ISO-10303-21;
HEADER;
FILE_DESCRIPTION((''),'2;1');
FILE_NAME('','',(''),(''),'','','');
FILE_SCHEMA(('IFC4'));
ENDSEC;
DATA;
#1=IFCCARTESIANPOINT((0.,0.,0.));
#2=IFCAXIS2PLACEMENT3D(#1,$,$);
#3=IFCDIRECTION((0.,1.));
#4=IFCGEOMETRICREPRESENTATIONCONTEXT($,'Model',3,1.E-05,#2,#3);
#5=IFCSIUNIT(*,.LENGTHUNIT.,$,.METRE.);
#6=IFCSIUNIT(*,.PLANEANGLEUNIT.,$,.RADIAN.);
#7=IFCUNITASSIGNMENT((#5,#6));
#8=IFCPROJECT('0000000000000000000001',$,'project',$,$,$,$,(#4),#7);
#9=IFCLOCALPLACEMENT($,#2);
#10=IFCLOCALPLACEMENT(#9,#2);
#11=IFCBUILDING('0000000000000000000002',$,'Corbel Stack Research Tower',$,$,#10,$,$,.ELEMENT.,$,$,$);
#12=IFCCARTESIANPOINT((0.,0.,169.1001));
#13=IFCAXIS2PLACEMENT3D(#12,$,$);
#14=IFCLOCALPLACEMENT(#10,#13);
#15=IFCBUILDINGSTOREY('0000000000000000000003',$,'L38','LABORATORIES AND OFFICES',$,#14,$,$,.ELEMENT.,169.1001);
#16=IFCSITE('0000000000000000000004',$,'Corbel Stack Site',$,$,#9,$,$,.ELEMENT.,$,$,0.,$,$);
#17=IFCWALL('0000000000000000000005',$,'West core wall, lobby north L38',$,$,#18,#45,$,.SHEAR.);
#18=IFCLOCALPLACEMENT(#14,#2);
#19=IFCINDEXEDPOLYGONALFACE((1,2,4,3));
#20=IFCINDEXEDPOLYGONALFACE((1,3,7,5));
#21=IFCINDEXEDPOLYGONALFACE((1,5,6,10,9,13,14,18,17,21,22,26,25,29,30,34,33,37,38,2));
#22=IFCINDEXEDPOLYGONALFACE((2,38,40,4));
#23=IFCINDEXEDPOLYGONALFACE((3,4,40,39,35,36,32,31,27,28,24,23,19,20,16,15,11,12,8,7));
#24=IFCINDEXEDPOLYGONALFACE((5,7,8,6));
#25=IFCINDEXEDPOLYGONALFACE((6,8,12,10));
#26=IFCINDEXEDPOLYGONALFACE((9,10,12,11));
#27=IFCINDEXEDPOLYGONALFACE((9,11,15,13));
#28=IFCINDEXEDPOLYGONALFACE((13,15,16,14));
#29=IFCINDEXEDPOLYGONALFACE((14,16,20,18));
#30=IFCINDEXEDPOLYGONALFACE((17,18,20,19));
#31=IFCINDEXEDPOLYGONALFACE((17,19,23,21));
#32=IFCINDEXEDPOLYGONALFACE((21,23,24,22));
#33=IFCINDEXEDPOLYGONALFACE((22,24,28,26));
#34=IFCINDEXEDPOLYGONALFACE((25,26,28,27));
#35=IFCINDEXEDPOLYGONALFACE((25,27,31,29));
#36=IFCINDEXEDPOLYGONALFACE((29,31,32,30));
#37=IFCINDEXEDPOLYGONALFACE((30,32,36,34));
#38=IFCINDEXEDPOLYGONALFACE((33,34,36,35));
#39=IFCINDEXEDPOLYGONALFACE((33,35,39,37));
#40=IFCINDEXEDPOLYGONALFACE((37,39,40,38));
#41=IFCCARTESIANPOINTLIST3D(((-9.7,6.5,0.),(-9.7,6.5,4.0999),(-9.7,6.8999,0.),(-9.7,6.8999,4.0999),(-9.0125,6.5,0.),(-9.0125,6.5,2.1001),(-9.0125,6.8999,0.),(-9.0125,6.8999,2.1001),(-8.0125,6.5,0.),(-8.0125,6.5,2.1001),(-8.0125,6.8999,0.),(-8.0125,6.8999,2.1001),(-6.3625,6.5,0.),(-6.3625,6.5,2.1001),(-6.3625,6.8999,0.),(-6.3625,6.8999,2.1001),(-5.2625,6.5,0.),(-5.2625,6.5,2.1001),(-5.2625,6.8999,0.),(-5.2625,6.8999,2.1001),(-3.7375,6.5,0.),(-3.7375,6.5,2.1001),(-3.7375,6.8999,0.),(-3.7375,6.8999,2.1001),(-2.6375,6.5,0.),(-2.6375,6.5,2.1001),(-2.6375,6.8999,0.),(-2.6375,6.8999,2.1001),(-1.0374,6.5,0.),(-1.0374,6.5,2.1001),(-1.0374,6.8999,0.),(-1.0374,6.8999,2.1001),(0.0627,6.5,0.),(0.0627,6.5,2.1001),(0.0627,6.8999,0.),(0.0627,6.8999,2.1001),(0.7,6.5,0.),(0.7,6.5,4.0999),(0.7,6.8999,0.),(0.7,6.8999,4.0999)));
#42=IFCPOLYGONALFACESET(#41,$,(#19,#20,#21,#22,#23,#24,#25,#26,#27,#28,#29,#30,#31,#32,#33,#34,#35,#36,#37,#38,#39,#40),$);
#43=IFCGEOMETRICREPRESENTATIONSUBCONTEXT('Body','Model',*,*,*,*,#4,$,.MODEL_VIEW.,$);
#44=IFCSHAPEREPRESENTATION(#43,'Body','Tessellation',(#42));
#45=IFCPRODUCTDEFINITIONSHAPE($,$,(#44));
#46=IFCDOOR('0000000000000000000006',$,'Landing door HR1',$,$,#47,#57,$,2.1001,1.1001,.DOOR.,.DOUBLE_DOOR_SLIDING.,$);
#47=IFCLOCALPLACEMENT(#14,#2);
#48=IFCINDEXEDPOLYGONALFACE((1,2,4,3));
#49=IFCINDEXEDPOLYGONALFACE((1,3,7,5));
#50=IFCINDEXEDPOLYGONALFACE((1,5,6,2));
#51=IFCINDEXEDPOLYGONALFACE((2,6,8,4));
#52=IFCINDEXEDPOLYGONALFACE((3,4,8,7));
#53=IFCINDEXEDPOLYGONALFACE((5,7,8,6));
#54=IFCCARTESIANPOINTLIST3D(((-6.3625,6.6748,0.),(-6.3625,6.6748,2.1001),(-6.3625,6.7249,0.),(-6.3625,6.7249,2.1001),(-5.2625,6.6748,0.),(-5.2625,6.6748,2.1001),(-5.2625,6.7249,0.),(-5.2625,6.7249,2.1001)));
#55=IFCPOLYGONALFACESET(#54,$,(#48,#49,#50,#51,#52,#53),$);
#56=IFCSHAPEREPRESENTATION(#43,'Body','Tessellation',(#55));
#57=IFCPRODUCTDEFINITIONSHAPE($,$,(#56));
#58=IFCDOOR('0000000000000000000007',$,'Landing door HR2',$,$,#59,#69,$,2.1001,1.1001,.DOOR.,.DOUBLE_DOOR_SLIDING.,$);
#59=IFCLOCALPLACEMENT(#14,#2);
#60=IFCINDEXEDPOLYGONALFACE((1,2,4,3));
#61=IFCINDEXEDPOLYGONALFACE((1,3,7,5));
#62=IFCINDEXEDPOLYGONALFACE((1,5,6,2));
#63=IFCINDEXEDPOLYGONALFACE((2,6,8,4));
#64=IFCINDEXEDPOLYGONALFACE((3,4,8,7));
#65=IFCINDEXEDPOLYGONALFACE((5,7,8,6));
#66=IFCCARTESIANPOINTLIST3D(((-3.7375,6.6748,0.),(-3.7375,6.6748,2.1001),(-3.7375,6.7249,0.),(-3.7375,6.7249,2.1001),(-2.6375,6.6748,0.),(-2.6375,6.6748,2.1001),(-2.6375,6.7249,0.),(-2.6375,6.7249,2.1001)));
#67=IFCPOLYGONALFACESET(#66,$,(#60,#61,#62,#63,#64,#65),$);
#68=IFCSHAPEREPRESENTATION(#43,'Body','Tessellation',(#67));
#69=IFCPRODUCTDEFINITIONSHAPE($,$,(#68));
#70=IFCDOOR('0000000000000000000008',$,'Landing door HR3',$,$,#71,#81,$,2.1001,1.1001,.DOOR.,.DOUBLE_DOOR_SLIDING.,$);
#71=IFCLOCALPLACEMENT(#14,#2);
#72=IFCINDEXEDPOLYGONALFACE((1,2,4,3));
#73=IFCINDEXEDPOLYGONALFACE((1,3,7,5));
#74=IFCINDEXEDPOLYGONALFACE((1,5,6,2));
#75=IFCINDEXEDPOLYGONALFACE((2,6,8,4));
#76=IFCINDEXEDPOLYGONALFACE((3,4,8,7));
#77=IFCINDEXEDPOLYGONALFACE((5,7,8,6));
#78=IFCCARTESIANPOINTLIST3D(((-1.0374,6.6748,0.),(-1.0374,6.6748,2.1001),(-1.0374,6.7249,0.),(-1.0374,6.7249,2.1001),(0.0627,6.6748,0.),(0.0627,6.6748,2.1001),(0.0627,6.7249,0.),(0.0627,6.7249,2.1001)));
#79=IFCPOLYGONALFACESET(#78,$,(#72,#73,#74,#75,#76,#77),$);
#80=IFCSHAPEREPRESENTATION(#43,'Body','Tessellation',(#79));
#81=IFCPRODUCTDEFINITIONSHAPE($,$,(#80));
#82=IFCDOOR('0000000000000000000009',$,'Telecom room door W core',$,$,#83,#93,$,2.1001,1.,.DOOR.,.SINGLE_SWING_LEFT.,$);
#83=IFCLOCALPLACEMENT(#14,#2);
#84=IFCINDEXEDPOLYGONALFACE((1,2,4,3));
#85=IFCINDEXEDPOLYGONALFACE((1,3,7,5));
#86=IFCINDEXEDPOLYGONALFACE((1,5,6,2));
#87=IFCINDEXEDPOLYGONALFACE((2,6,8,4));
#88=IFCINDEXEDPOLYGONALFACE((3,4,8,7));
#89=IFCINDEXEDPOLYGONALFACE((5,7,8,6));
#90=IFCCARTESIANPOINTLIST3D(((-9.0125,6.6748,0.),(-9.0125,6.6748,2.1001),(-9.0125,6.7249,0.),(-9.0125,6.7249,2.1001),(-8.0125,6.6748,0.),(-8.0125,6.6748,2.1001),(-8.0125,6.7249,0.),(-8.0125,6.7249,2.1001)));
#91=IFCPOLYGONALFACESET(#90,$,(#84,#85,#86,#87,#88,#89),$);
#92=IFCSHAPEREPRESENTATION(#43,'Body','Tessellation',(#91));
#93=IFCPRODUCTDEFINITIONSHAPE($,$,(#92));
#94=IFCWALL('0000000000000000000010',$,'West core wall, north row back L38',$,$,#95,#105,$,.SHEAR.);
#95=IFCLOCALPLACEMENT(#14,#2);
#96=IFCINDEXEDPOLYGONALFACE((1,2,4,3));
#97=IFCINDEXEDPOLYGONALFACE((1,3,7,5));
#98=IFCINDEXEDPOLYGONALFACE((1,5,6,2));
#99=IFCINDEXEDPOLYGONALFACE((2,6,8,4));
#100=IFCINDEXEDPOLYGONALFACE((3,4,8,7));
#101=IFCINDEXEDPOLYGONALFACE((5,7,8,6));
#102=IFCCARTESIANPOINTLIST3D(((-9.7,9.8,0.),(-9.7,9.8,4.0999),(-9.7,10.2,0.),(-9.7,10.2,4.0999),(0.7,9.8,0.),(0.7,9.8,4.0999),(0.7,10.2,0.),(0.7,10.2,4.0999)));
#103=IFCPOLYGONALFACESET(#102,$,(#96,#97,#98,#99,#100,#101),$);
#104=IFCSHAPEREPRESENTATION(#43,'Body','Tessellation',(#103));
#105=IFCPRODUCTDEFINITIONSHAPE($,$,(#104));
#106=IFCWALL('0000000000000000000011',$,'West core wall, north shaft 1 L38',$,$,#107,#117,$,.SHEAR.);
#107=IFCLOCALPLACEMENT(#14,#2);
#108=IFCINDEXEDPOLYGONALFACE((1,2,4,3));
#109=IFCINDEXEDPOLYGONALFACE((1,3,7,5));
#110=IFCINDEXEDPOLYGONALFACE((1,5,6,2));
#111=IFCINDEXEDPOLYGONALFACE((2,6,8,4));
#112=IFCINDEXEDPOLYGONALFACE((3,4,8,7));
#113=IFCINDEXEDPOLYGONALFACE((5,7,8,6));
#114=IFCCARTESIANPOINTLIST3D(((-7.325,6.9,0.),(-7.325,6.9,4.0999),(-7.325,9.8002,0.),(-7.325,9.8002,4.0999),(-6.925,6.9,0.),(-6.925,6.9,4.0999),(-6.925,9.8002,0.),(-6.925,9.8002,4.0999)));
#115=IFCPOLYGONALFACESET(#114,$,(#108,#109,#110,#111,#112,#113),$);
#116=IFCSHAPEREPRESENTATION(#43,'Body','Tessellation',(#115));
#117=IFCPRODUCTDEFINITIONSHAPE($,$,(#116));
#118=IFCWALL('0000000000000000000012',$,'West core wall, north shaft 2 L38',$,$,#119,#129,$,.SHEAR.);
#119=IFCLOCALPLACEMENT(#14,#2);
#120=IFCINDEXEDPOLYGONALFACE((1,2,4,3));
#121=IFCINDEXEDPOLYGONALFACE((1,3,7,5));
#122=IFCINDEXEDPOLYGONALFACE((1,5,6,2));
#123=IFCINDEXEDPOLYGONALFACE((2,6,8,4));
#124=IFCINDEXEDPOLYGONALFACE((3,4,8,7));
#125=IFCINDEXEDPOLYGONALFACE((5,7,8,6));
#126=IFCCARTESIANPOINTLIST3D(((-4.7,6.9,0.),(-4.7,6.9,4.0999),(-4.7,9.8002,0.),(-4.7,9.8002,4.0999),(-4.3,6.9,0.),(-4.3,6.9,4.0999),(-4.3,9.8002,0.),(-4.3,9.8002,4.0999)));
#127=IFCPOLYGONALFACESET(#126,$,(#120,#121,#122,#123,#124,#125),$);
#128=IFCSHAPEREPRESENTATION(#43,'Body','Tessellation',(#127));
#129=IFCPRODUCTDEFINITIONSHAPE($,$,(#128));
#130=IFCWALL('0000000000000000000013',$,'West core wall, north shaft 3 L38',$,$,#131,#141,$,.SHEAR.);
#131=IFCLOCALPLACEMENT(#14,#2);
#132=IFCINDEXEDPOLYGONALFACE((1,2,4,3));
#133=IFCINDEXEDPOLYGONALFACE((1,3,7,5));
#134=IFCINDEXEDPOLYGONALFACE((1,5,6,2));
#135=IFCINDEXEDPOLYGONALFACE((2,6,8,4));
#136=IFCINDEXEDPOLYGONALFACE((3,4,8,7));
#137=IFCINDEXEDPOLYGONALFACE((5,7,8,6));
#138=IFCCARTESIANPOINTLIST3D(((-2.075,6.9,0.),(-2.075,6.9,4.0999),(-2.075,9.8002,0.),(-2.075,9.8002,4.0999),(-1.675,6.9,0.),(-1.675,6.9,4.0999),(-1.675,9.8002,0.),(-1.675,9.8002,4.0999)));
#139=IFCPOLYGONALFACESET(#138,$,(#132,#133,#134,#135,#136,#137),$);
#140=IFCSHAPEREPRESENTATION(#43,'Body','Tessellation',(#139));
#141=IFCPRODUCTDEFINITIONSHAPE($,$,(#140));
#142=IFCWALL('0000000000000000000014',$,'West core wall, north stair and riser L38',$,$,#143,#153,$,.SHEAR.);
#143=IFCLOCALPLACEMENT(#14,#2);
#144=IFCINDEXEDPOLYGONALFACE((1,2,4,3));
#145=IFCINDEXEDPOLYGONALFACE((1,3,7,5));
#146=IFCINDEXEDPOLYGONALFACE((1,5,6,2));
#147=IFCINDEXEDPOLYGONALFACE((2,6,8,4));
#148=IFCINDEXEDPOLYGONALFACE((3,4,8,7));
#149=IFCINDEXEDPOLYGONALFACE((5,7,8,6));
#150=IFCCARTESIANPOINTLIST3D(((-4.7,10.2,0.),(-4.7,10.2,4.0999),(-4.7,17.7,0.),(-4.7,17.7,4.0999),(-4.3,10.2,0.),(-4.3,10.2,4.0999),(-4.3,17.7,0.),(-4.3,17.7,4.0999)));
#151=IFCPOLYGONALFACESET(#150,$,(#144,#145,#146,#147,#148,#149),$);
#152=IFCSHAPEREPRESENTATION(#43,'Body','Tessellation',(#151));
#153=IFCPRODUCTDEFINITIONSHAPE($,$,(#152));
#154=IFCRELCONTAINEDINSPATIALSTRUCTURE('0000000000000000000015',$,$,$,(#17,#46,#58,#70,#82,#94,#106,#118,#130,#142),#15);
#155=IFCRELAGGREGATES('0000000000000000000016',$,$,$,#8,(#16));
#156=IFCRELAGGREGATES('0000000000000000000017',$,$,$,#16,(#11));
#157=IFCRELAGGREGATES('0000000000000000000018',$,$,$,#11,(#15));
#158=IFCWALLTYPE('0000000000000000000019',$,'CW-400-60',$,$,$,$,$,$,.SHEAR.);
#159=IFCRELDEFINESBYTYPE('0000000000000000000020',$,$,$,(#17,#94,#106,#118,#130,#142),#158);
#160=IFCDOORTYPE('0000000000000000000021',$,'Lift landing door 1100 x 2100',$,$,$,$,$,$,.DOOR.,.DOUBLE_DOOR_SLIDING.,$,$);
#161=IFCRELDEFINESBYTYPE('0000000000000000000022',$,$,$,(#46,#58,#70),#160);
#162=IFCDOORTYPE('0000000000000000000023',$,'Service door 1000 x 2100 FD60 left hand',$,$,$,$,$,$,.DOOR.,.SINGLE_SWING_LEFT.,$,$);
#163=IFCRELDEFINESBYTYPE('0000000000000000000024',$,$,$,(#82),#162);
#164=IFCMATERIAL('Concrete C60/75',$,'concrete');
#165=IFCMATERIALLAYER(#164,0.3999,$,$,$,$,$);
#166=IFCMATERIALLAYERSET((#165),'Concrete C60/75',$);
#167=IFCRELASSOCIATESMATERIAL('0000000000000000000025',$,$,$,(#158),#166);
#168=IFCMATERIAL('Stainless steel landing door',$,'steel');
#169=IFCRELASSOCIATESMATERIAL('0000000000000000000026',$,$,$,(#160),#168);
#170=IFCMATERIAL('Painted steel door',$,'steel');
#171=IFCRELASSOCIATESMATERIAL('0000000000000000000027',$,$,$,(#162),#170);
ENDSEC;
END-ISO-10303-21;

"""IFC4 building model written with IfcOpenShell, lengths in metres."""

from ifc_helpers import new_model, si_unit, direction, frame, frame_2d, origin, place, context, subcontext, project, spatial, rectangle, extrude, material, layer, layer_set, type_object, element, fill, save


model = new_model("IFC4")

# Units and contexts
model_context = context("Model", 3, precision=1e-05, world=origin(), true_north=direction((0.0, 1.0)))
body_context = subcontext(model_context, "Body", "Model", "MODEL_VIEW")
ifc_project = project(units=[si_unit("LENGTHUNIT", "METRE"), si_unit("PLANEANGLEUNIT", "RADIAN")], contexts=[model_context])

# Site, building, storey
site_placement = place(None, origin())
site = spatial("IfcSite", under=ifc_project, at=site_placement, Name="Corbel Stack Site", CompositionType="ELEMENT", RefElevation=0.0)
building_placement = place(site_placement, origin())
building = spatial("IfcBuilding", under=site, at=building_placement, Name="Corbel Stack Research Tower", CompositionType="ELEMENT")
storey_placement = place(building_placement, frame((0.0, 0.0, 169.1001)))
storey = spatial("IfcBuildingStorey", under=building, at=storey_placement, Name="L38", Description="LABORATORIES AND OFFICES", CompositionType="ELEMENT", Elevation=169.1001)

# Wall, openings, doors
ifc_material_1 = material(Name="Concrete C60/75", Category="concrete")
ifc_layer_1 = layer(ifc_material_1, 0.3999)
ifc_layer_set_1 = layer_set([ifc_layer_1], Name="Concrete C60/75")
wall_type_1 = type_object("IfcWallType", Name="CW-400-60", PredefinedType="SHEAR", material=ifc_layer_set_1)
ifc_material_2 = material(Name="Stainless steel landing door", Category="steel")
door_type_1 = type_object("IfcDoorType", Name="Lift landing door 1100 x 2100", OperationType="DOUBLE_DOOR_SLIDING", PredefinedType="DOOR", material=ifc_material_2)
ifc_material_3 = material(Name="Painted steel door", Category="steel")
door_type_2 = type_object("IfcDoorType", Name="Service door 1000 x 2100 FD60 left hand", OperationType="SINGLE_SWING_LEFT", PredefinedType="DOOR", material=ifc_material_3)
wall_1_placement = place(storey_placement, frame((-9.7, 6.7, 0.0), z_axis=(0.0, 0.0, 1.0), x_axis=(1.0, 0.0, 0.0)))
wall_1 = element("IfcWall", 1, at=wall_1_placement, inside=storey, type_object=wall_type_1, Name="West core wall, lobby north L38", PredefinedType="SHEAR", context=body_context, shape_type="SweptSolid", body=[
    extrude(rectangle(XDim=10.3999, YDim=0.3999, at=frame_2d((5.2, 0.0))), origin(), (0.0, 0.0, 1.0), 4.0999),
])
opening_1_placement = place(wall_1_placement, frame((3.3374, 0.0, 0.0)))
opening_1 = element("IfcOpeningElement", 2, at=opening_1_placement, cuts=wall_1, PredefinedType="OPENING", context=body_context, shape_type="SweptSolid", body=[
    extrude(rectangle(XDim=1.1001, YDim=2.1001, at=frame_2d((0.55, 1.05))), frame((0.0, 0.21, 0.0), z_axis=(0.0, -1.0, 0.0), x_axis=(1.0, 0.0, 0.0)), (0.0, 0.0, 1.0), 0.4199),
])
opening_2_placement = place(wall_1_placement, frame((5.9624, 0.0, 0.0)))
opening_2 = element("IfcOpeningElement", 3, at=opening_2_placement, cuts=wall_1, PredefinedType="OPENING", context=body_context, shape_type="SweptSolid", body=[
    extrude(rectangle(XDim=1.1001, YDim=2.1001, at=frame_2d((0.55, 1.05))), frame((0.0, 0.21, 0.0), z_axis=(0.0, -1.0, 0.0), x_axis=(1.0, 0.0, 0.0)), (0.0, 0.0, 1.0), 0.4199),
])
opening_3_placement = place(wall_1_placement, frame((8.6626, 0.0, 0.0)))
opening_3 = element("IfcOpeningElement", 4, at=opening_3_placement, cuts=wall_1, PredefinedType="OPENING", context=body_context, shape_type="SweptSolid", body=[
    extrude(rectangle(XDim=1.1001, YDim=2.1001, at=frame_2d((0.55, 1.05))), frame((0.0, 0.21, 0.0), z_axis=(0.0, -1.0, 0.0), x_axis=(1.0, 0.0, 0.0)), (0.0, 0.0, 1.0), 0.4199),
])
opening_4_placement = place(wall_1_placement, frame((0.6875, 0.0, 0.0)))
opening_4 = element("IfcOpeningElement", 5, at=opening_4_placement, cuts=wall_1, PredefinedType="OPENING", context=body_context, shape_type="SweptSolid", body=[
    extrude(rectangle(XDim=1.0, YDim=2.1001, at=frame_2d((0.5, 1.05))), frame((0.0, 0.21, 0.0), z_axis=(0.0, -1.0, 0.0), x_axis=(1.0, 0.0, 0.0)), (0.0, 0.0, 1.0), 0.4199),
])
door_1_placement = place(opening_1_placement, origin())
door_1 = element("IfcDoor", 6, at=door_1_placement, inside=storey, type_object=door_type_1, Name="Landing door HR1", OperationType="DOUBLE_DOOR_SLIDING", OverallHeight=2.1001, OverallWidth=1.1001, PredefinedType="DOOR", context=body_context, shape_type="SweptSolid", body=[
    extrude(rectangle(XDim=1.1001, YDim=2.1001, at=frame_2d((0.55, 1.05))), frame((0.0, 0.0249, 0.0), z_axis=(0.0, -1.0, 0.0), x_axis=(1.0, 0.0, 0.0)), (0.0, 0.0, 1.0), 0.05),
])
fill(opening_1, door_1)
door_2_placement = place(opening_2_placement, origin())
door_2 = element("IfcDoor", 7, at=door_2_placement, inside=storey, type_object=door_type_1, Name="Landing door HR2", OperationType="DOUBLE_DOOR_SLIDING", OverallHeight=2.1001, OverallWidth=1.1001, PredefinedType="DOOR", context=body_context, shape_type="SweptSolid", body=[
    extrude(rectangle(XDim=1.1001, YDim=2.1001, at=frame_2d((0.55, 1.05))), frame((0.0, 0.0249, 0.0), z_axis=(0.0, -1.0, 0.0), x_axis=(1.0, 0.0, 0.0)), (0.0, 0.0, 1.0), 0.05),
])
fill(opening_2, door_2)
door_3_placement = place(opening_3_placement, origin())
door_3 = element("IfcDoor", 8, at=door_3_placement, inside=storey, type_object=door_type_1, Name="Landing door HR3", OperationType="DOUBLE_DOOR_SLIDING", OverallHeight=2.1001, OverallWidth=1.1001, PredefinedType="DOOR", context=body_context, shape_type="SweptSolid", body=[
    extrude(rectangle(XDim=1.1001, YDim=2.1001, at=frame_2d((0.55, 1.05))), frame((0.0, 0.0249, 0.0), z_axis=(0.0, -1.0, 0.0), x_axis=(1.0, 0.0, 0.0)), (0.0, 0.0, 1.0), 0.05),
])
fill(opening_3, door_3)
door_4_placement = place(opening_4_placement, origin())
door_4 = element("IfcDoor", 9, at=door_4_placement, inside=storey, type_object=door_type_2, Name="Telecom room door W core", OperationType="SINGLE_SWING_LEFT", OverallHeight=2.1001, OverallWidth=1.0, PredefinedType="DOOR", context=body_context, shape_type="SweptSolid", body=[
    extrude(rectangle(XDim=1.0, YDim=2.1001, at=frame_2d((0.5, 1.05))), frame((0.0, 0.0249, 0.0), z_axis=(0.0, -1.0, 0.0), x_axis=(1.0, 0.0, 0.0)), (0.0, 0.0, 1.0), 0.05),
])
fill(opening_4, door_4)

# Walls
wall_2_placement = place(storey_placement, frame((-9.7, 10.0, 0.0), z_axis=(0.0, 0.0, 1.0), x_axis=(1.0, 0.0, 0.0)))
element("IfcWall", 10, at=wall_2_placement, inside=storey, type_object=wall_type_1, Name="West core wall, north row back L38", PredefinedType="SHEAR", context=body_context, shape_type="SweptSolid", body=[
    extrude(rectangle(XDim=10.3999, YDim=0.3999, at=frame_2d((5.2, 0.0))), origin(), (0.0, 0.0, 1.0), 4.0999),
])
for number, where, z_axis, x_axis, name in (
    (11, (-7.125, 6.8999, 0.0), (0.0, 0.0, 1.0), (0.0, 1.0, 0.0), "West core wall, north shaft 1 L38"),
    (12, (-4.5, 6.8999, 0.0), (0.0, 0.0, 1.0), (0.0, 1.0, 0.0), "West core wall, north shaft 2 L38"),
    (13, (-1.875, 6.8999, 0.0), (0.0, 0.0, 1.0), (0.0, 1.0, 0.0), "West core wall, north shaft 3 L38"),
):
    element("IfcWall", number, at=place(storey_placement, frame(where, z_axis=z_axis, x_axis=x_axis)), inside=storey, type_object=wall_type_1, Name=name, PredefinedType="SHEAR", context=body_context, shape_type="SweptSolid", body=[
        extrude(rectangle(XDim=2.9001, YDim=0.3999, at=frame_2d((1.4502, 0.0))), origin(), (0.0, 0.0, 1.0), 4.0999),
    ])
wall_3_placement = place(storey_placement, frame((-4.5, 10.2, 0.0), z_axis=(0.0, 0.0, 1.0), x_axis=(0.0, 1.0, 0.0)))
element("IfcWall", 14, at=wall_3_placement, inside=storey, type_object=wall_type_1, Name="West core wall, north stair and riser L38", PredefinedType="SHEAR", context=body_context, shape_type="SweptSolid", body=[
    extrude(rectangle(XDim=7.5, YDim=0.3999, at=frame_2d((3.75, 0.0))), origin(), (0.0, 0.0, 1.0), 4.0999),
])

save(model, "model.ifc")
